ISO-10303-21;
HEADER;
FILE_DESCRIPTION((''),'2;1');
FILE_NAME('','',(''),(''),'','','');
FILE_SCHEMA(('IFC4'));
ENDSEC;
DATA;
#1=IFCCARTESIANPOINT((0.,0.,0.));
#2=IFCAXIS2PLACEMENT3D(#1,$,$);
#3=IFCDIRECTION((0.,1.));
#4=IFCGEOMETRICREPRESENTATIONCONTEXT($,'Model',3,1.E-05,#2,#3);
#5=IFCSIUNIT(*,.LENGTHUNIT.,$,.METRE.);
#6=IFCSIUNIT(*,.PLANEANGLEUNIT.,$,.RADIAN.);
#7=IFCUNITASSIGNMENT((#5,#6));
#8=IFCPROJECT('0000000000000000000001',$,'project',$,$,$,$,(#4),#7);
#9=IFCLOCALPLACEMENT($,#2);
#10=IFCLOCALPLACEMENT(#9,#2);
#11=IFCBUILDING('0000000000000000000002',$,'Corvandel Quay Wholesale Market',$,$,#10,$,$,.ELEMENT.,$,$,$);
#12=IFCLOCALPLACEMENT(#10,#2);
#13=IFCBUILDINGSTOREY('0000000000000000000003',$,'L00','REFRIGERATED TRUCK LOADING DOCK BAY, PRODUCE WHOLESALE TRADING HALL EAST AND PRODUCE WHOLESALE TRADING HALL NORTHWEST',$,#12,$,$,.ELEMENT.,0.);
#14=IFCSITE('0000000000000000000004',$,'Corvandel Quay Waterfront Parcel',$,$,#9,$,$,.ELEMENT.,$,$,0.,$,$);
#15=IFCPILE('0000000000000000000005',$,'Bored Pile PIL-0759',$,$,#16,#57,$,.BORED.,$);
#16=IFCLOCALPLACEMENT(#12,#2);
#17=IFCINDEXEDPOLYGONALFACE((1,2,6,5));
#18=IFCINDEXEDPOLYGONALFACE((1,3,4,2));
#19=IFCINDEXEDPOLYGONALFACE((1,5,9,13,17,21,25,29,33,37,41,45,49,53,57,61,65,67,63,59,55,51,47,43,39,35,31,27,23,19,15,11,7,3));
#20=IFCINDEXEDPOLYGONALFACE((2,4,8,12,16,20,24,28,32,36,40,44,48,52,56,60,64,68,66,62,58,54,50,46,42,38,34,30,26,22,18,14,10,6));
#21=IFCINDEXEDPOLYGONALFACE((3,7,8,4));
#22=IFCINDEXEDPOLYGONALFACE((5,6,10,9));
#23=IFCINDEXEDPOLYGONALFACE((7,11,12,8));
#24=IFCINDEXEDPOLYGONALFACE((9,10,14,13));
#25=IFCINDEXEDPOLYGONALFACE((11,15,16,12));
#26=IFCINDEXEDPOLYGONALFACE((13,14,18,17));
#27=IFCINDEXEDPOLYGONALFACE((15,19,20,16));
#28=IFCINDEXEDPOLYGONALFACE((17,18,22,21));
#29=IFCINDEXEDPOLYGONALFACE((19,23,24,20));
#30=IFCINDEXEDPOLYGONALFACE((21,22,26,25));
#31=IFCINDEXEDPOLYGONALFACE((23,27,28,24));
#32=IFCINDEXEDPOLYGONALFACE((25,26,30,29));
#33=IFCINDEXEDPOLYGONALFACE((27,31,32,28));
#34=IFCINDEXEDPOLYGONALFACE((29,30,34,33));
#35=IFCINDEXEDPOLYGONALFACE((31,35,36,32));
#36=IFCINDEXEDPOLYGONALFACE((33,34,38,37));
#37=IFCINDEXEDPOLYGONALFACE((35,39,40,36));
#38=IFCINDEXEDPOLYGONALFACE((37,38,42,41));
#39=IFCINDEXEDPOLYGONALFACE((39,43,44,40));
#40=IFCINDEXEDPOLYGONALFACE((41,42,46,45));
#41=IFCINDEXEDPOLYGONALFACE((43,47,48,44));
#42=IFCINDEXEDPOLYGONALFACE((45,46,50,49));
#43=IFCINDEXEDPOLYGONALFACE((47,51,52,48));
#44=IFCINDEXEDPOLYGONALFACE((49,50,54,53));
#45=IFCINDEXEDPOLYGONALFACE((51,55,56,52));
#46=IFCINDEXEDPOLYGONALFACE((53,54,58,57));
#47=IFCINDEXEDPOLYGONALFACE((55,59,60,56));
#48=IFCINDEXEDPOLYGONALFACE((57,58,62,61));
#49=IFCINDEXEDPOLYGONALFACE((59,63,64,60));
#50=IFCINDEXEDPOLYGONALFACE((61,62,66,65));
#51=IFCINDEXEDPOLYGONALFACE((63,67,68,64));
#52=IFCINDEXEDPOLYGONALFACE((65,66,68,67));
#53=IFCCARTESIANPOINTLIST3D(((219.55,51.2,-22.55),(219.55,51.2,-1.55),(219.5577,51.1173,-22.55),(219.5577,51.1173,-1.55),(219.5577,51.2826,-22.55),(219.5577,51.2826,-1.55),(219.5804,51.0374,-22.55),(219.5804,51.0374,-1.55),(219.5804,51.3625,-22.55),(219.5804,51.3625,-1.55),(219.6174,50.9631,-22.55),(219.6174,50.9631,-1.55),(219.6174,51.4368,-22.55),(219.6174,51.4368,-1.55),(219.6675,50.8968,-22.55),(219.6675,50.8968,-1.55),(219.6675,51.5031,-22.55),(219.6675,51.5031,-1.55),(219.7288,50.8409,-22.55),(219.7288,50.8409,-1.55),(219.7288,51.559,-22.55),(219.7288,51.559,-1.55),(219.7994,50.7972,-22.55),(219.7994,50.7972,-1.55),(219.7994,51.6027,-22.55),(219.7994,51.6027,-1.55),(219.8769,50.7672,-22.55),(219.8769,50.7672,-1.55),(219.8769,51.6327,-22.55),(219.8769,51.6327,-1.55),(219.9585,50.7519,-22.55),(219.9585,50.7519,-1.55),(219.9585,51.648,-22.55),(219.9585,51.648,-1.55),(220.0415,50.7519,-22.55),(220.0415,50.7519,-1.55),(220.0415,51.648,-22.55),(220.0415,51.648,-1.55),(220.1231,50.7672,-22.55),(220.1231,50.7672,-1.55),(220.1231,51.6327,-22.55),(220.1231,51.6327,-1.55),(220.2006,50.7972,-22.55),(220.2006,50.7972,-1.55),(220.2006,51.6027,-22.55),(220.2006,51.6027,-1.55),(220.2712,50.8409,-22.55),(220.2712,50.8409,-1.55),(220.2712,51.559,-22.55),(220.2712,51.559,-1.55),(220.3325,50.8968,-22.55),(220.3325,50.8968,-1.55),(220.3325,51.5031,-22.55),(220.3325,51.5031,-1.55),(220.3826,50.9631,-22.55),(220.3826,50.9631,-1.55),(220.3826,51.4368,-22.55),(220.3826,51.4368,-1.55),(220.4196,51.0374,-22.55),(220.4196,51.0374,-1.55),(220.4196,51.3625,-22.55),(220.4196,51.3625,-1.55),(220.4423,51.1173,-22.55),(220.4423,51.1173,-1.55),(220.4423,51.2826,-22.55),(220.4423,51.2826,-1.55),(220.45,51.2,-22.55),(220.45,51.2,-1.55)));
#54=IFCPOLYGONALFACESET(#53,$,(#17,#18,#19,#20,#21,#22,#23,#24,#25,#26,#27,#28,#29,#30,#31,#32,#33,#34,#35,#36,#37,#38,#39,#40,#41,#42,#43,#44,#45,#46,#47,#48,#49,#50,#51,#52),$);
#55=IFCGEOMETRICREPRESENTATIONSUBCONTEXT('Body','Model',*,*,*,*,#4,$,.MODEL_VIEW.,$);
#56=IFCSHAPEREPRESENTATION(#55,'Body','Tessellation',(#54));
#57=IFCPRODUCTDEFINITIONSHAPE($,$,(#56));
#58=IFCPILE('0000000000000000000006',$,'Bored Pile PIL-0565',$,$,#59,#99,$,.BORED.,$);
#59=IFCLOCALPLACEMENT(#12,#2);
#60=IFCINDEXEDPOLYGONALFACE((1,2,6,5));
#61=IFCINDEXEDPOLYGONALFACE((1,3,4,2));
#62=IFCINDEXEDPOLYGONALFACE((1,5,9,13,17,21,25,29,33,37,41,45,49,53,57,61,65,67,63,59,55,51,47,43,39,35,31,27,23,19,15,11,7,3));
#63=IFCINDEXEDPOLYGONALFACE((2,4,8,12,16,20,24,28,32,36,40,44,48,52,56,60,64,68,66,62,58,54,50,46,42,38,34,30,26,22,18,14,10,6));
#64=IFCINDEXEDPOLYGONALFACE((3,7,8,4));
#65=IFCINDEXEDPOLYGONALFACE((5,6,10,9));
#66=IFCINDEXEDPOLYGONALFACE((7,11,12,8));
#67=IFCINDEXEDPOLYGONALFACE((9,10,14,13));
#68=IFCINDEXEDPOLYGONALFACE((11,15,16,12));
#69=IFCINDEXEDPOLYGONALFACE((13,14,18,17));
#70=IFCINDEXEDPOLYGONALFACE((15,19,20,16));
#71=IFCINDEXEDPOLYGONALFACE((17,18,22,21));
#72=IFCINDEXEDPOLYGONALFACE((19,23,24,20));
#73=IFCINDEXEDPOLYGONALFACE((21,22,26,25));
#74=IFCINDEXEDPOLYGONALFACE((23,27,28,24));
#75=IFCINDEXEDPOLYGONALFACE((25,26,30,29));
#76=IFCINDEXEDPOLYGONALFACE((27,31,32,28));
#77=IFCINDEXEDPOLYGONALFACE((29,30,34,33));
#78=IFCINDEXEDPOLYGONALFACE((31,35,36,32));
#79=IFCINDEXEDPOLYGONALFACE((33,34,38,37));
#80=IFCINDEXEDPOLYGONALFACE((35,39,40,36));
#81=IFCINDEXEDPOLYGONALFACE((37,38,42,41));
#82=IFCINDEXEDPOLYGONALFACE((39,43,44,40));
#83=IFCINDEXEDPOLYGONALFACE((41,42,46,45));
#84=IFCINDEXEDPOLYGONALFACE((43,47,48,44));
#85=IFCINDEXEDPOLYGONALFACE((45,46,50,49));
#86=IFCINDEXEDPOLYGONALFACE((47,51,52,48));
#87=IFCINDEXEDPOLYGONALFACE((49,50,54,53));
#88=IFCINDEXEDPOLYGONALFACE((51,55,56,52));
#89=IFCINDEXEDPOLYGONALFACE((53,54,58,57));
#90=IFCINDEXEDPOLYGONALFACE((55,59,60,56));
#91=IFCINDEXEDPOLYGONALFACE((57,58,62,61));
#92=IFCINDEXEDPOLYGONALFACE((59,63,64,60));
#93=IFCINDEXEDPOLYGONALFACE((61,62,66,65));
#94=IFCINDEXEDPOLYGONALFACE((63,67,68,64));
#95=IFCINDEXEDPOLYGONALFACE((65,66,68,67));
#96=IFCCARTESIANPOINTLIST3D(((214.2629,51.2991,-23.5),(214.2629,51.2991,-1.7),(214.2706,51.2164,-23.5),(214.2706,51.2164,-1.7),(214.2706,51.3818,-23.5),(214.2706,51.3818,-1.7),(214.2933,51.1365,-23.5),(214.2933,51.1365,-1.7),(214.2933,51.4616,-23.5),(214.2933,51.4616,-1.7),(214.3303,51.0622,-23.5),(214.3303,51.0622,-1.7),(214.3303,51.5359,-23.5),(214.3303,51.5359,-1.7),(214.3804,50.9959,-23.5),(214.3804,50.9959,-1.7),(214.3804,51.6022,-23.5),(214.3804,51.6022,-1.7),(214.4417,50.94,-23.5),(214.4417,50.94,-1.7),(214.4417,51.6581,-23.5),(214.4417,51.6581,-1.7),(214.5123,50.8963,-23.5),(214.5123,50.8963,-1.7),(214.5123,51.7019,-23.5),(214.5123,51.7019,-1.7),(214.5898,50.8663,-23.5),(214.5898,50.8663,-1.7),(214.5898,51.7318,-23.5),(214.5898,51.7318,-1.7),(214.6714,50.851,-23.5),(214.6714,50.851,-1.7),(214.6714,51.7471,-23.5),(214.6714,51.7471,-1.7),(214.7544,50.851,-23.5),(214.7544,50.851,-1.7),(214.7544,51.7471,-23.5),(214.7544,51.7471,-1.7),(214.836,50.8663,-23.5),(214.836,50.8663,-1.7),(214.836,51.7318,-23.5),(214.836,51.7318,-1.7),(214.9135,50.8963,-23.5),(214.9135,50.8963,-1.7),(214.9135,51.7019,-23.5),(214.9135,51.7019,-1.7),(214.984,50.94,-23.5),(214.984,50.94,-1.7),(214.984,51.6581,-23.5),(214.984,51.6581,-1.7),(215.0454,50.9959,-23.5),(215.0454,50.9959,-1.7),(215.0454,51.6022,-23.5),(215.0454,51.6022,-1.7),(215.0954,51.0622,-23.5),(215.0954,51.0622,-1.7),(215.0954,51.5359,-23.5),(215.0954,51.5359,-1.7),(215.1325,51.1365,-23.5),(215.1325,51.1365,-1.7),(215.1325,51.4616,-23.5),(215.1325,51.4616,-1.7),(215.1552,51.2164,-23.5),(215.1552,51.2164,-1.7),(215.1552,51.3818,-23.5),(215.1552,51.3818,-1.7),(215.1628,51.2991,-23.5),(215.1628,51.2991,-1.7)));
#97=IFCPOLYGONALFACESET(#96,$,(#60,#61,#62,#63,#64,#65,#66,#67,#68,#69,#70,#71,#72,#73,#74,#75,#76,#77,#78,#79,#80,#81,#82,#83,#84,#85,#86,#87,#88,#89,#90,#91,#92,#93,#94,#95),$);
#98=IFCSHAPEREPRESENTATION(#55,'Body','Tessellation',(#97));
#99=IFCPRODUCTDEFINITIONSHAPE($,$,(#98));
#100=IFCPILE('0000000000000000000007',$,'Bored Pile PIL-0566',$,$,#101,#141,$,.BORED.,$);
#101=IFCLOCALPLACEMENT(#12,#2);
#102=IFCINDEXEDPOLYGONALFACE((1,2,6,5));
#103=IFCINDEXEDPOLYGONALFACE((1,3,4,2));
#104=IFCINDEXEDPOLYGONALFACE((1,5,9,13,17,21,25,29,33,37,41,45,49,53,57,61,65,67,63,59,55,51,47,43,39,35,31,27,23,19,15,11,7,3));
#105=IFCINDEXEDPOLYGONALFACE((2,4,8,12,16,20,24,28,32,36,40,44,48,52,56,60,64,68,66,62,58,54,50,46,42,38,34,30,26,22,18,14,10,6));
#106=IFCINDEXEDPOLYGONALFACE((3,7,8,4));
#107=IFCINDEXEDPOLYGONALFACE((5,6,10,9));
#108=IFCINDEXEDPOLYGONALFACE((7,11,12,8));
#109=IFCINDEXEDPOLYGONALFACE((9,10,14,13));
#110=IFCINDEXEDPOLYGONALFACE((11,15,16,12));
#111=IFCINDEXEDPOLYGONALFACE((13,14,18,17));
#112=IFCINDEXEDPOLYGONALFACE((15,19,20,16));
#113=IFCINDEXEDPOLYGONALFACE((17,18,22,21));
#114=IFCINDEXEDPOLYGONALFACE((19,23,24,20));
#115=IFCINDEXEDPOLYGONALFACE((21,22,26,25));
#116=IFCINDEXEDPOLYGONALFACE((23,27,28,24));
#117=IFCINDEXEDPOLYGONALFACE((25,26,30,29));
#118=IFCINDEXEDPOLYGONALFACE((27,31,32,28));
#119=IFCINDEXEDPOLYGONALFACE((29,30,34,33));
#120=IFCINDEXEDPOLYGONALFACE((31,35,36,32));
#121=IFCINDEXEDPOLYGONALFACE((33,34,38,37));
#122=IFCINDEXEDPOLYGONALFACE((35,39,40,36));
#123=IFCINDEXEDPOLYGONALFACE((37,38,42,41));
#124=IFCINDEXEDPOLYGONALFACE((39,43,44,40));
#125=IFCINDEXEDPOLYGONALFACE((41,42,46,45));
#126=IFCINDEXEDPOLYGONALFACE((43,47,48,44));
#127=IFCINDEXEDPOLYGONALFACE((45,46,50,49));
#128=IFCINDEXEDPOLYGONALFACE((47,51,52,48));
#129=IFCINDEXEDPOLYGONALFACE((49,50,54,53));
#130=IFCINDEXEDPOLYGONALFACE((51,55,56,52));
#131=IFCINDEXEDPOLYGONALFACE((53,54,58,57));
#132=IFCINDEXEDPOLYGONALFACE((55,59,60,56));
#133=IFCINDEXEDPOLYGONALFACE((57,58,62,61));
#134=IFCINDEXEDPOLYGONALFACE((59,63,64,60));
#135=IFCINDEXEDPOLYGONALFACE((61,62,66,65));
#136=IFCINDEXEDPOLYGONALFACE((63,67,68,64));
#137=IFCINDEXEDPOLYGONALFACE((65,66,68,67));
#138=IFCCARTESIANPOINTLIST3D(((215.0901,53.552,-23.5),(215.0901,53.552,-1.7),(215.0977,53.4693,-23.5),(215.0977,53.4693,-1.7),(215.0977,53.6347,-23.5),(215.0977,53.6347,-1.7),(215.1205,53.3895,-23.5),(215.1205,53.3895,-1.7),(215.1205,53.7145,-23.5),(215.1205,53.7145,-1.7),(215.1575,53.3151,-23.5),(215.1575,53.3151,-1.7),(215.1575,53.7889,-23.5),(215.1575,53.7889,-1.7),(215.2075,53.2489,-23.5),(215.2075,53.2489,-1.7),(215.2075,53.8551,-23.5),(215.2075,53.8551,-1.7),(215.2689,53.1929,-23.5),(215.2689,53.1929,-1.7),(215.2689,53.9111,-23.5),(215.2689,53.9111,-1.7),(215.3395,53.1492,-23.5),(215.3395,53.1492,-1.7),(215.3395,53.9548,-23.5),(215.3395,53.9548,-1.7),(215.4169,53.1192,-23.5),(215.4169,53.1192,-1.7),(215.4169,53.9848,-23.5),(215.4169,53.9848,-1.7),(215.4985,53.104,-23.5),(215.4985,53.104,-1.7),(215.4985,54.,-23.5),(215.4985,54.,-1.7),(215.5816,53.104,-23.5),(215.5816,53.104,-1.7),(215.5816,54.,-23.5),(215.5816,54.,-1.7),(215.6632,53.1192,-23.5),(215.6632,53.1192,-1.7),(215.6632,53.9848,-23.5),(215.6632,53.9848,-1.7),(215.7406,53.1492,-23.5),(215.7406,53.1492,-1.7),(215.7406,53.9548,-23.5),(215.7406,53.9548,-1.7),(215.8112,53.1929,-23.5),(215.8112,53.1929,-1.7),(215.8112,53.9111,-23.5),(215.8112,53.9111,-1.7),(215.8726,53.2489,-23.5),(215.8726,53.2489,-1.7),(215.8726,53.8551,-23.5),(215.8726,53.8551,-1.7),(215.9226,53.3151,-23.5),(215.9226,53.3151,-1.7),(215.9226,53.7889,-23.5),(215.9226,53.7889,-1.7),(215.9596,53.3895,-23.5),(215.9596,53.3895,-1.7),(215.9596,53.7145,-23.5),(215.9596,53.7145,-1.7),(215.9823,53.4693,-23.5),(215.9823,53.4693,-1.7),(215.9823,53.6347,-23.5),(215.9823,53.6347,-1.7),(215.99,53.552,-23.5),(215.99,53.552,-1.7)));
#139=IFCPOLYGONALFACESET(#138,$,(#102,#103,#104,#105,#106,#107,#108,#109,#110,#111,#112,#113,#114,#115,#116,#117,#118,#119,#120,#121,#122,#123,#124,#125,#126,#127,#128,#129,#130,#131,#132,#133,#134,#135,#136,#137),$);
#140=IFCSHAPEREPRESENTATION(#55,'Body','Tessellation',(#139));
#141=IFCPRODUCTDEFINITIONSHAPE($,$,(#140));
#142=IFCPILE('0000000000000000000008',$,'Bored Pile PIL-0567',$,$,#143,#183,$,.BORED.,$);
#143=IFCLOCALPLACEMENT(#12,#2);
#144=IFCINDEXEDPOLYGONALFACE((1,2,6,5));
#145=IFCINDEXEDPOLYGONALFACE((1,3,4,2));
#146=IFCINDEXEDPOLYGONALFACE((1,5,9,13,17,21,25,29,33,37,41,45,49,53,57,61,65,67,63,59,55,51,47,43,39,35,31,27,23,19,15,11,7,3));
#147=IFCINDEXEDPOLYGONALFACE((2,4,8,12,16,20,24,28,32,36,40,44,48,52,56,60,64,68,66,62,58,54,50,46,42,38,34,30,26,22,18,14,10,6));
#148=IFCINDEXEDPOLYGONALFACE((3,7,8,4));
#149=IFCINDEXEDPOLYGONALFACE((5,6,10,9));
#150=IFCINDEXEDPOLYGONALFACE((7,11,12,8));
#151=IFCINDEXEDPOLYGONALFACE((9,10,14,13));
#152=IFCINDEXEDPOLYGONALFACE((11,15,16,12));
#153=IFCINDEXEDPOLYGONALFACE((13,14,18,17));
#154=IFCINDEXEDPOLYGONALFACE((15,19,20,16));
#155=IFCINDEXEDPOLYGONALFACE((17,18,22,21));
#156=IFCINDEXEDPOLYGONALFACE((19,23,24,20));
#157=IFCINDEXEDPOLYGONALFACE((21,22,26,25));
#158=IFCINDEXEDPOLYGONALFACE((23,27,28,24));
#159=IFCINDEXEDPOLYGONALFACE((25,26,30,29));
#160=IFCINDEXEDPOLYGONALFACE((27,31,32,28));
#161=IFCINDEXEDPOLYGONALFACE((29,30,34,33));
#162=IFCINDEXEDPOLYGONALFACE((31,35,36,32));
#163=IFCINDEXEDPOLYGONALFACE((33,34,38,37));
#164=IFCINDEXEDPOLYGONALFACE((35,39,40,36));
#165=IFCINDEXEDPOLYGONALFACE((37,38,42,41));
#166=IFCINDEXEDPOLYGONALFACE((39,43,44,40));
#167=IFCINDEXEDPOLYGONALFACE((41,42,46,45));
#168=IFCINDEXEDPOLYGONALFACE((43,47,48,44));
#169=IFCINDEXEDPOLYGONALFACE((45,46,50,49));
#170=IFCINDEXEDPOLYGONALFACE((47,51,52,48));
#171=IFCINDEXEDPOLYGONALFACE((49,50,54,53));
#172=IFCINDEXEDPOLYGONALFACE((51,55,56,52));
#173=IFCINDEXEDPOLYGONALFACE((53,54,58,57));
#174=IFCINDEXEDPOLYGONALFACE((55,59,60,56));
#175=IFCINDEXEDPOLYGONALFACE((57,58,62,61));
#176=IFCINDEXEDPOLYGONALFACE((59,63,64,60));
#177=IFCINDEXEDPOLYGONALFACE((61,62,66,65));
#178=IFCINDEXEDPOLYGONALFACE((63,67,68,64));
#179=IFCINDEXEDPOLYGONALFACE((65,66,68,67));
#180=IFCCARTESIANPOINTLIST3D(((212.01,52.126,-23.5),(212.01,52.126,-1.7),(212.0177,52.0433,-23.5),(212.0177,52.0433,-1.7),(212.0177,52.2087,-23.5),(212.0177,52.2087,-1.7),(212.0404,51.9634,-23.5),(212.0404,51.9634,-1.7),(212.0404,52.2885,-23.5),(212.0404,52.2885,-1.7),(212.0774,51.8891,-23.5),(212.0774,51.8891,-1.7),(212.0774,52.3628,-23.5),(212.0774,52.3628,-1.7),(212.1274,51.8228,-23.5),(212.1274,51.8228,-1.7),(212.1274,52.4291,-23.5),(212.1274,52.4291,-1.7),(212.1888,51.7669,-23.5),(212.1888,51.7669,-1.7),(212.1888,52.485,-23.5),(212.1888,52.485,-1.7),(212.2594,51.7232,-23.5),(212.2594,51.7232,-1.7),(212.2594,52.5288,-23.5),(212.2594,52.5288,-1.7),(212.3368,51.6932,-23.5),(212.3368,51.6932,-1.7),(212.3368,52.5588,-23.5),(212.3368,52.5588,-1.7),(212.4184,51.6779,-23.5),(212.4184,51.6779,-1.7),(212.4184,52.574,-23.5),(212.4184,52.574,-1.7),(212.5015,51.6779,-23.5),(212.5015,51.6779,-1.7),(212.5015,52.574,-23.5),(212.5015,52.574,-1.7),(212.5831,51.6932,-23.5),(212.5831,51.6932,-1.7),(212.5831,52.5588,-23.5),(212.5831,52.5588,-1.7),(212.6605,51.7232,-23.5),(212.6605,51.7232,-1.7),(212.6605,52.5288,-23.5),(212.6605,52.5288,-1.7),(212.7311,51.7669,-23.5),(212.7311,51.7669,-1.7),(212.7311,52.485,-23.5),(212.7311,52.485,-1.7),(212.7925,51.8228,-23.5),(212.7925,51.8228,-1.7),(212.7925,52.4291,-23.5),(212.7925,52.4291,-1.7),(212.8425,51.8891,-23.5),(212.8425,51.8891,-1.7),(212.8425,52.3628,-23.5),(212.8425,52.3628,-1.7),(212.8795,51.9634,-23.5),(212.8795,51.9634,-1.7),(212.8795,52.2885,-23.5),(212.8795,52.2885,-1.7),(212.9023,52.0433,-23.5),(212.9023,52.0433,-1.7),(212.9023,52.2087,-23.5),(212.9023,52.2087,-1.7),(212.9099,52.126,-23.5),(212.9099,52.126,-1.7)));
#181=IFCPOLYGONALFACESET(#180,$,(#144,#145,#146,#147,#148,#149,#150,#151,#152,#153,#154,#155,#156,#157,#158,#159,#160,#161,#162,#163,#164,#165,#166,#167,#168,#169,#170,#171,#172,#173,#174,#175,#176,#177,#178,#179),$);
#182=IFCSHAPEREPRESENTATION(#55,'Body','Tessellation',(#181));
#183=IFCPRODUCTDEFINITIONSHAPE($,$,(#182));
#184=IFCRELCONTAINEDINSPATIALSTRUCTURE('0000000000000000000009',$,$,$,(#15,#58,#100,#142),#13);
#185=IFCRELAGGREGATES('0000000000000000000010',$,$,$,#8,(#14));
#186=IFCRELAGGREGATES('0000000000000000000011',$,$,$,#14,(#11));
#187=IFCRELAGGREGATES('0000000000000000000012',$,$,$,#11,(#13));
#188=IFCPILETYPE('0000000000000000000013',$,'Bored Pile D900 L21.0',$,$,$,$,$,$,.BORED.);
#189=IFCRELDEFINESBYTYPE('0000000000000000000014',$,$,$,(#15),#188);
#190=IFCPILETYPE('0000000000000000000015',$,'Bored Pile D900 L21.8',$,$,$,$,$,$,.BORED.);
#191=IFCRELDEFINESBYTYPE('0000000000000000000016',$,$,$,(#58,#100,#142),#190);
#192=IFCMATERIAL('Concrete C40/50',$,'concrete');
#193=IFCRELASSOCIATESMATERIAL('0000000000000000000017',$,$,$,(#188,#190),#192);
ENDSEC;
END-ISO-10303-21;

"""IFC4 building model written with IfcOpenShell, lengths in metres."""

from ifc_helpers import new_model, si_unit, direction, frame, origin, origin_2d, place, context, subcontext, project, spatial, circle, extrude, material, material_profile, profile_set, type_object, element, save


model = new_model("IFC4")

# Units and contexts
model_context = context("Model", 3, precision=1e-05, world=origin(), true_north=direction((0.0, 1.0)))
body_context = subcontext(model_context, "Body", "Model", "MODEL_VIEW")
ifc_project = project(units=[si_unit("LENGTHUNIT", "METRE"), si_unit("PLANEANGLEUNIT", "RADIAN")], contexts=[model_context])

# Site, building, storey
site_placement = place(None, origin())
site = spatial("IfcSite", under=ifc_project, at=site_placement, Name="Corvandel Quay Waterfront Parcel", CompositionType="ELEMENT", RefElevation=0.0)
building_placement = place(site_placement, origin())
building = spatial("IfcBuilding", under=site, at=building_placement, Name="Corvandel Quay Wholesale Market", CompositionType="ELEMENT")
storey_placement = place(building_placement, origin())
storey = spatial("IfcBuildingStorey", under=building, at=storey_placement, Name="L00", Description="REFRIGERATED TRUCK LOADING DOCK BAY, PRODUCE WHOLESALE TRADING HALL EAST AND PRODUCE WHOLESALE TRADING HALL NORTHWEST", CompositionType="ELEMENT", Elevation=0.0)

# Piles
ifc_material_1 = material(Name="Concrete C40/50", Category="concrete")
ifc_material_profile_1 = material_profile(ifc_material_1, circle(Radius=0.45, at=origin_2d()), Name="RC-PILE-D900")
ifc_profile_set_1 = profile_set([ifc_material_profile_1], Name="Concrete C40/50")
pile_type_1 = type_object("IfcPileType", Name="Bored Pile D900 L21.0", PredefinedType="BORED", material=ifc_profile_set_1)
pile_placement = place(storey_placement, frame((220.0, 51.2, -1.55), z_axis=(0.0, 0.0, -1.0), x_axis=(1.0, 0.0, 0.0)))
element("IfcPile", 1, at=pile_placement, inside=storey, type_object=pile_type_1, Name="Bored Pile PIL-0759", PredefinedType="BORED", context=body_context, shape_type="SweptSolid", body=[
    extrude(circle(Radius=0.45, at=origin_2d()), origin(), (0.0, 0.0, 1.0), 21.0),
])
ifc_material_profile_2 = material_profile(ifc_material_1, circle(Radius=0.45, at=origin_2d()), Name="RC-PILE-D900")
ifc_profile_set_2 = profile_set([ifc_material_profile_2], Name="Concrete C40/50")
pile_type_2 = type_object("IfcPileType", Name="Bored Pile D900 L21.8", PredefinedType="BORED", material=ifc_profile_set_2)
for number, where, z_axis, x_axis, name in (
    (2, (214.7129, 51.2991, -1.7), (0.0, 0.0, -1.0), (1.0, 0.0, 0.0), "Bored Pile PIL-0565"),
    (3, (215.54, 53.552, -1.7), (0.0, 0.0, -1.0), (1.0, 0.0, 0.0), "Bored Pile PIL-0566"),
    (4, (212.46, 52.126, -1.7), (0.0, 0.0, -1.0), (1.0, 0.0, 0.0), "Bored Pile PIL-0567"),
):
    element("IfcPile", number, at=place(storey_placement, frame(where, z_axis=z_axis, x_axis=x_axis)), inside=storey, type_object=pile_type_2, Name=name, PredefinedType="BORED", context=body_context, shape_type="SweptSolid", body=[
        extrude(circle(Radius=0.45, at=origin_2d()), origin(), (0.0, 0.0, 1.0), 21.8),
    ])

save(model, "model.ifc")
